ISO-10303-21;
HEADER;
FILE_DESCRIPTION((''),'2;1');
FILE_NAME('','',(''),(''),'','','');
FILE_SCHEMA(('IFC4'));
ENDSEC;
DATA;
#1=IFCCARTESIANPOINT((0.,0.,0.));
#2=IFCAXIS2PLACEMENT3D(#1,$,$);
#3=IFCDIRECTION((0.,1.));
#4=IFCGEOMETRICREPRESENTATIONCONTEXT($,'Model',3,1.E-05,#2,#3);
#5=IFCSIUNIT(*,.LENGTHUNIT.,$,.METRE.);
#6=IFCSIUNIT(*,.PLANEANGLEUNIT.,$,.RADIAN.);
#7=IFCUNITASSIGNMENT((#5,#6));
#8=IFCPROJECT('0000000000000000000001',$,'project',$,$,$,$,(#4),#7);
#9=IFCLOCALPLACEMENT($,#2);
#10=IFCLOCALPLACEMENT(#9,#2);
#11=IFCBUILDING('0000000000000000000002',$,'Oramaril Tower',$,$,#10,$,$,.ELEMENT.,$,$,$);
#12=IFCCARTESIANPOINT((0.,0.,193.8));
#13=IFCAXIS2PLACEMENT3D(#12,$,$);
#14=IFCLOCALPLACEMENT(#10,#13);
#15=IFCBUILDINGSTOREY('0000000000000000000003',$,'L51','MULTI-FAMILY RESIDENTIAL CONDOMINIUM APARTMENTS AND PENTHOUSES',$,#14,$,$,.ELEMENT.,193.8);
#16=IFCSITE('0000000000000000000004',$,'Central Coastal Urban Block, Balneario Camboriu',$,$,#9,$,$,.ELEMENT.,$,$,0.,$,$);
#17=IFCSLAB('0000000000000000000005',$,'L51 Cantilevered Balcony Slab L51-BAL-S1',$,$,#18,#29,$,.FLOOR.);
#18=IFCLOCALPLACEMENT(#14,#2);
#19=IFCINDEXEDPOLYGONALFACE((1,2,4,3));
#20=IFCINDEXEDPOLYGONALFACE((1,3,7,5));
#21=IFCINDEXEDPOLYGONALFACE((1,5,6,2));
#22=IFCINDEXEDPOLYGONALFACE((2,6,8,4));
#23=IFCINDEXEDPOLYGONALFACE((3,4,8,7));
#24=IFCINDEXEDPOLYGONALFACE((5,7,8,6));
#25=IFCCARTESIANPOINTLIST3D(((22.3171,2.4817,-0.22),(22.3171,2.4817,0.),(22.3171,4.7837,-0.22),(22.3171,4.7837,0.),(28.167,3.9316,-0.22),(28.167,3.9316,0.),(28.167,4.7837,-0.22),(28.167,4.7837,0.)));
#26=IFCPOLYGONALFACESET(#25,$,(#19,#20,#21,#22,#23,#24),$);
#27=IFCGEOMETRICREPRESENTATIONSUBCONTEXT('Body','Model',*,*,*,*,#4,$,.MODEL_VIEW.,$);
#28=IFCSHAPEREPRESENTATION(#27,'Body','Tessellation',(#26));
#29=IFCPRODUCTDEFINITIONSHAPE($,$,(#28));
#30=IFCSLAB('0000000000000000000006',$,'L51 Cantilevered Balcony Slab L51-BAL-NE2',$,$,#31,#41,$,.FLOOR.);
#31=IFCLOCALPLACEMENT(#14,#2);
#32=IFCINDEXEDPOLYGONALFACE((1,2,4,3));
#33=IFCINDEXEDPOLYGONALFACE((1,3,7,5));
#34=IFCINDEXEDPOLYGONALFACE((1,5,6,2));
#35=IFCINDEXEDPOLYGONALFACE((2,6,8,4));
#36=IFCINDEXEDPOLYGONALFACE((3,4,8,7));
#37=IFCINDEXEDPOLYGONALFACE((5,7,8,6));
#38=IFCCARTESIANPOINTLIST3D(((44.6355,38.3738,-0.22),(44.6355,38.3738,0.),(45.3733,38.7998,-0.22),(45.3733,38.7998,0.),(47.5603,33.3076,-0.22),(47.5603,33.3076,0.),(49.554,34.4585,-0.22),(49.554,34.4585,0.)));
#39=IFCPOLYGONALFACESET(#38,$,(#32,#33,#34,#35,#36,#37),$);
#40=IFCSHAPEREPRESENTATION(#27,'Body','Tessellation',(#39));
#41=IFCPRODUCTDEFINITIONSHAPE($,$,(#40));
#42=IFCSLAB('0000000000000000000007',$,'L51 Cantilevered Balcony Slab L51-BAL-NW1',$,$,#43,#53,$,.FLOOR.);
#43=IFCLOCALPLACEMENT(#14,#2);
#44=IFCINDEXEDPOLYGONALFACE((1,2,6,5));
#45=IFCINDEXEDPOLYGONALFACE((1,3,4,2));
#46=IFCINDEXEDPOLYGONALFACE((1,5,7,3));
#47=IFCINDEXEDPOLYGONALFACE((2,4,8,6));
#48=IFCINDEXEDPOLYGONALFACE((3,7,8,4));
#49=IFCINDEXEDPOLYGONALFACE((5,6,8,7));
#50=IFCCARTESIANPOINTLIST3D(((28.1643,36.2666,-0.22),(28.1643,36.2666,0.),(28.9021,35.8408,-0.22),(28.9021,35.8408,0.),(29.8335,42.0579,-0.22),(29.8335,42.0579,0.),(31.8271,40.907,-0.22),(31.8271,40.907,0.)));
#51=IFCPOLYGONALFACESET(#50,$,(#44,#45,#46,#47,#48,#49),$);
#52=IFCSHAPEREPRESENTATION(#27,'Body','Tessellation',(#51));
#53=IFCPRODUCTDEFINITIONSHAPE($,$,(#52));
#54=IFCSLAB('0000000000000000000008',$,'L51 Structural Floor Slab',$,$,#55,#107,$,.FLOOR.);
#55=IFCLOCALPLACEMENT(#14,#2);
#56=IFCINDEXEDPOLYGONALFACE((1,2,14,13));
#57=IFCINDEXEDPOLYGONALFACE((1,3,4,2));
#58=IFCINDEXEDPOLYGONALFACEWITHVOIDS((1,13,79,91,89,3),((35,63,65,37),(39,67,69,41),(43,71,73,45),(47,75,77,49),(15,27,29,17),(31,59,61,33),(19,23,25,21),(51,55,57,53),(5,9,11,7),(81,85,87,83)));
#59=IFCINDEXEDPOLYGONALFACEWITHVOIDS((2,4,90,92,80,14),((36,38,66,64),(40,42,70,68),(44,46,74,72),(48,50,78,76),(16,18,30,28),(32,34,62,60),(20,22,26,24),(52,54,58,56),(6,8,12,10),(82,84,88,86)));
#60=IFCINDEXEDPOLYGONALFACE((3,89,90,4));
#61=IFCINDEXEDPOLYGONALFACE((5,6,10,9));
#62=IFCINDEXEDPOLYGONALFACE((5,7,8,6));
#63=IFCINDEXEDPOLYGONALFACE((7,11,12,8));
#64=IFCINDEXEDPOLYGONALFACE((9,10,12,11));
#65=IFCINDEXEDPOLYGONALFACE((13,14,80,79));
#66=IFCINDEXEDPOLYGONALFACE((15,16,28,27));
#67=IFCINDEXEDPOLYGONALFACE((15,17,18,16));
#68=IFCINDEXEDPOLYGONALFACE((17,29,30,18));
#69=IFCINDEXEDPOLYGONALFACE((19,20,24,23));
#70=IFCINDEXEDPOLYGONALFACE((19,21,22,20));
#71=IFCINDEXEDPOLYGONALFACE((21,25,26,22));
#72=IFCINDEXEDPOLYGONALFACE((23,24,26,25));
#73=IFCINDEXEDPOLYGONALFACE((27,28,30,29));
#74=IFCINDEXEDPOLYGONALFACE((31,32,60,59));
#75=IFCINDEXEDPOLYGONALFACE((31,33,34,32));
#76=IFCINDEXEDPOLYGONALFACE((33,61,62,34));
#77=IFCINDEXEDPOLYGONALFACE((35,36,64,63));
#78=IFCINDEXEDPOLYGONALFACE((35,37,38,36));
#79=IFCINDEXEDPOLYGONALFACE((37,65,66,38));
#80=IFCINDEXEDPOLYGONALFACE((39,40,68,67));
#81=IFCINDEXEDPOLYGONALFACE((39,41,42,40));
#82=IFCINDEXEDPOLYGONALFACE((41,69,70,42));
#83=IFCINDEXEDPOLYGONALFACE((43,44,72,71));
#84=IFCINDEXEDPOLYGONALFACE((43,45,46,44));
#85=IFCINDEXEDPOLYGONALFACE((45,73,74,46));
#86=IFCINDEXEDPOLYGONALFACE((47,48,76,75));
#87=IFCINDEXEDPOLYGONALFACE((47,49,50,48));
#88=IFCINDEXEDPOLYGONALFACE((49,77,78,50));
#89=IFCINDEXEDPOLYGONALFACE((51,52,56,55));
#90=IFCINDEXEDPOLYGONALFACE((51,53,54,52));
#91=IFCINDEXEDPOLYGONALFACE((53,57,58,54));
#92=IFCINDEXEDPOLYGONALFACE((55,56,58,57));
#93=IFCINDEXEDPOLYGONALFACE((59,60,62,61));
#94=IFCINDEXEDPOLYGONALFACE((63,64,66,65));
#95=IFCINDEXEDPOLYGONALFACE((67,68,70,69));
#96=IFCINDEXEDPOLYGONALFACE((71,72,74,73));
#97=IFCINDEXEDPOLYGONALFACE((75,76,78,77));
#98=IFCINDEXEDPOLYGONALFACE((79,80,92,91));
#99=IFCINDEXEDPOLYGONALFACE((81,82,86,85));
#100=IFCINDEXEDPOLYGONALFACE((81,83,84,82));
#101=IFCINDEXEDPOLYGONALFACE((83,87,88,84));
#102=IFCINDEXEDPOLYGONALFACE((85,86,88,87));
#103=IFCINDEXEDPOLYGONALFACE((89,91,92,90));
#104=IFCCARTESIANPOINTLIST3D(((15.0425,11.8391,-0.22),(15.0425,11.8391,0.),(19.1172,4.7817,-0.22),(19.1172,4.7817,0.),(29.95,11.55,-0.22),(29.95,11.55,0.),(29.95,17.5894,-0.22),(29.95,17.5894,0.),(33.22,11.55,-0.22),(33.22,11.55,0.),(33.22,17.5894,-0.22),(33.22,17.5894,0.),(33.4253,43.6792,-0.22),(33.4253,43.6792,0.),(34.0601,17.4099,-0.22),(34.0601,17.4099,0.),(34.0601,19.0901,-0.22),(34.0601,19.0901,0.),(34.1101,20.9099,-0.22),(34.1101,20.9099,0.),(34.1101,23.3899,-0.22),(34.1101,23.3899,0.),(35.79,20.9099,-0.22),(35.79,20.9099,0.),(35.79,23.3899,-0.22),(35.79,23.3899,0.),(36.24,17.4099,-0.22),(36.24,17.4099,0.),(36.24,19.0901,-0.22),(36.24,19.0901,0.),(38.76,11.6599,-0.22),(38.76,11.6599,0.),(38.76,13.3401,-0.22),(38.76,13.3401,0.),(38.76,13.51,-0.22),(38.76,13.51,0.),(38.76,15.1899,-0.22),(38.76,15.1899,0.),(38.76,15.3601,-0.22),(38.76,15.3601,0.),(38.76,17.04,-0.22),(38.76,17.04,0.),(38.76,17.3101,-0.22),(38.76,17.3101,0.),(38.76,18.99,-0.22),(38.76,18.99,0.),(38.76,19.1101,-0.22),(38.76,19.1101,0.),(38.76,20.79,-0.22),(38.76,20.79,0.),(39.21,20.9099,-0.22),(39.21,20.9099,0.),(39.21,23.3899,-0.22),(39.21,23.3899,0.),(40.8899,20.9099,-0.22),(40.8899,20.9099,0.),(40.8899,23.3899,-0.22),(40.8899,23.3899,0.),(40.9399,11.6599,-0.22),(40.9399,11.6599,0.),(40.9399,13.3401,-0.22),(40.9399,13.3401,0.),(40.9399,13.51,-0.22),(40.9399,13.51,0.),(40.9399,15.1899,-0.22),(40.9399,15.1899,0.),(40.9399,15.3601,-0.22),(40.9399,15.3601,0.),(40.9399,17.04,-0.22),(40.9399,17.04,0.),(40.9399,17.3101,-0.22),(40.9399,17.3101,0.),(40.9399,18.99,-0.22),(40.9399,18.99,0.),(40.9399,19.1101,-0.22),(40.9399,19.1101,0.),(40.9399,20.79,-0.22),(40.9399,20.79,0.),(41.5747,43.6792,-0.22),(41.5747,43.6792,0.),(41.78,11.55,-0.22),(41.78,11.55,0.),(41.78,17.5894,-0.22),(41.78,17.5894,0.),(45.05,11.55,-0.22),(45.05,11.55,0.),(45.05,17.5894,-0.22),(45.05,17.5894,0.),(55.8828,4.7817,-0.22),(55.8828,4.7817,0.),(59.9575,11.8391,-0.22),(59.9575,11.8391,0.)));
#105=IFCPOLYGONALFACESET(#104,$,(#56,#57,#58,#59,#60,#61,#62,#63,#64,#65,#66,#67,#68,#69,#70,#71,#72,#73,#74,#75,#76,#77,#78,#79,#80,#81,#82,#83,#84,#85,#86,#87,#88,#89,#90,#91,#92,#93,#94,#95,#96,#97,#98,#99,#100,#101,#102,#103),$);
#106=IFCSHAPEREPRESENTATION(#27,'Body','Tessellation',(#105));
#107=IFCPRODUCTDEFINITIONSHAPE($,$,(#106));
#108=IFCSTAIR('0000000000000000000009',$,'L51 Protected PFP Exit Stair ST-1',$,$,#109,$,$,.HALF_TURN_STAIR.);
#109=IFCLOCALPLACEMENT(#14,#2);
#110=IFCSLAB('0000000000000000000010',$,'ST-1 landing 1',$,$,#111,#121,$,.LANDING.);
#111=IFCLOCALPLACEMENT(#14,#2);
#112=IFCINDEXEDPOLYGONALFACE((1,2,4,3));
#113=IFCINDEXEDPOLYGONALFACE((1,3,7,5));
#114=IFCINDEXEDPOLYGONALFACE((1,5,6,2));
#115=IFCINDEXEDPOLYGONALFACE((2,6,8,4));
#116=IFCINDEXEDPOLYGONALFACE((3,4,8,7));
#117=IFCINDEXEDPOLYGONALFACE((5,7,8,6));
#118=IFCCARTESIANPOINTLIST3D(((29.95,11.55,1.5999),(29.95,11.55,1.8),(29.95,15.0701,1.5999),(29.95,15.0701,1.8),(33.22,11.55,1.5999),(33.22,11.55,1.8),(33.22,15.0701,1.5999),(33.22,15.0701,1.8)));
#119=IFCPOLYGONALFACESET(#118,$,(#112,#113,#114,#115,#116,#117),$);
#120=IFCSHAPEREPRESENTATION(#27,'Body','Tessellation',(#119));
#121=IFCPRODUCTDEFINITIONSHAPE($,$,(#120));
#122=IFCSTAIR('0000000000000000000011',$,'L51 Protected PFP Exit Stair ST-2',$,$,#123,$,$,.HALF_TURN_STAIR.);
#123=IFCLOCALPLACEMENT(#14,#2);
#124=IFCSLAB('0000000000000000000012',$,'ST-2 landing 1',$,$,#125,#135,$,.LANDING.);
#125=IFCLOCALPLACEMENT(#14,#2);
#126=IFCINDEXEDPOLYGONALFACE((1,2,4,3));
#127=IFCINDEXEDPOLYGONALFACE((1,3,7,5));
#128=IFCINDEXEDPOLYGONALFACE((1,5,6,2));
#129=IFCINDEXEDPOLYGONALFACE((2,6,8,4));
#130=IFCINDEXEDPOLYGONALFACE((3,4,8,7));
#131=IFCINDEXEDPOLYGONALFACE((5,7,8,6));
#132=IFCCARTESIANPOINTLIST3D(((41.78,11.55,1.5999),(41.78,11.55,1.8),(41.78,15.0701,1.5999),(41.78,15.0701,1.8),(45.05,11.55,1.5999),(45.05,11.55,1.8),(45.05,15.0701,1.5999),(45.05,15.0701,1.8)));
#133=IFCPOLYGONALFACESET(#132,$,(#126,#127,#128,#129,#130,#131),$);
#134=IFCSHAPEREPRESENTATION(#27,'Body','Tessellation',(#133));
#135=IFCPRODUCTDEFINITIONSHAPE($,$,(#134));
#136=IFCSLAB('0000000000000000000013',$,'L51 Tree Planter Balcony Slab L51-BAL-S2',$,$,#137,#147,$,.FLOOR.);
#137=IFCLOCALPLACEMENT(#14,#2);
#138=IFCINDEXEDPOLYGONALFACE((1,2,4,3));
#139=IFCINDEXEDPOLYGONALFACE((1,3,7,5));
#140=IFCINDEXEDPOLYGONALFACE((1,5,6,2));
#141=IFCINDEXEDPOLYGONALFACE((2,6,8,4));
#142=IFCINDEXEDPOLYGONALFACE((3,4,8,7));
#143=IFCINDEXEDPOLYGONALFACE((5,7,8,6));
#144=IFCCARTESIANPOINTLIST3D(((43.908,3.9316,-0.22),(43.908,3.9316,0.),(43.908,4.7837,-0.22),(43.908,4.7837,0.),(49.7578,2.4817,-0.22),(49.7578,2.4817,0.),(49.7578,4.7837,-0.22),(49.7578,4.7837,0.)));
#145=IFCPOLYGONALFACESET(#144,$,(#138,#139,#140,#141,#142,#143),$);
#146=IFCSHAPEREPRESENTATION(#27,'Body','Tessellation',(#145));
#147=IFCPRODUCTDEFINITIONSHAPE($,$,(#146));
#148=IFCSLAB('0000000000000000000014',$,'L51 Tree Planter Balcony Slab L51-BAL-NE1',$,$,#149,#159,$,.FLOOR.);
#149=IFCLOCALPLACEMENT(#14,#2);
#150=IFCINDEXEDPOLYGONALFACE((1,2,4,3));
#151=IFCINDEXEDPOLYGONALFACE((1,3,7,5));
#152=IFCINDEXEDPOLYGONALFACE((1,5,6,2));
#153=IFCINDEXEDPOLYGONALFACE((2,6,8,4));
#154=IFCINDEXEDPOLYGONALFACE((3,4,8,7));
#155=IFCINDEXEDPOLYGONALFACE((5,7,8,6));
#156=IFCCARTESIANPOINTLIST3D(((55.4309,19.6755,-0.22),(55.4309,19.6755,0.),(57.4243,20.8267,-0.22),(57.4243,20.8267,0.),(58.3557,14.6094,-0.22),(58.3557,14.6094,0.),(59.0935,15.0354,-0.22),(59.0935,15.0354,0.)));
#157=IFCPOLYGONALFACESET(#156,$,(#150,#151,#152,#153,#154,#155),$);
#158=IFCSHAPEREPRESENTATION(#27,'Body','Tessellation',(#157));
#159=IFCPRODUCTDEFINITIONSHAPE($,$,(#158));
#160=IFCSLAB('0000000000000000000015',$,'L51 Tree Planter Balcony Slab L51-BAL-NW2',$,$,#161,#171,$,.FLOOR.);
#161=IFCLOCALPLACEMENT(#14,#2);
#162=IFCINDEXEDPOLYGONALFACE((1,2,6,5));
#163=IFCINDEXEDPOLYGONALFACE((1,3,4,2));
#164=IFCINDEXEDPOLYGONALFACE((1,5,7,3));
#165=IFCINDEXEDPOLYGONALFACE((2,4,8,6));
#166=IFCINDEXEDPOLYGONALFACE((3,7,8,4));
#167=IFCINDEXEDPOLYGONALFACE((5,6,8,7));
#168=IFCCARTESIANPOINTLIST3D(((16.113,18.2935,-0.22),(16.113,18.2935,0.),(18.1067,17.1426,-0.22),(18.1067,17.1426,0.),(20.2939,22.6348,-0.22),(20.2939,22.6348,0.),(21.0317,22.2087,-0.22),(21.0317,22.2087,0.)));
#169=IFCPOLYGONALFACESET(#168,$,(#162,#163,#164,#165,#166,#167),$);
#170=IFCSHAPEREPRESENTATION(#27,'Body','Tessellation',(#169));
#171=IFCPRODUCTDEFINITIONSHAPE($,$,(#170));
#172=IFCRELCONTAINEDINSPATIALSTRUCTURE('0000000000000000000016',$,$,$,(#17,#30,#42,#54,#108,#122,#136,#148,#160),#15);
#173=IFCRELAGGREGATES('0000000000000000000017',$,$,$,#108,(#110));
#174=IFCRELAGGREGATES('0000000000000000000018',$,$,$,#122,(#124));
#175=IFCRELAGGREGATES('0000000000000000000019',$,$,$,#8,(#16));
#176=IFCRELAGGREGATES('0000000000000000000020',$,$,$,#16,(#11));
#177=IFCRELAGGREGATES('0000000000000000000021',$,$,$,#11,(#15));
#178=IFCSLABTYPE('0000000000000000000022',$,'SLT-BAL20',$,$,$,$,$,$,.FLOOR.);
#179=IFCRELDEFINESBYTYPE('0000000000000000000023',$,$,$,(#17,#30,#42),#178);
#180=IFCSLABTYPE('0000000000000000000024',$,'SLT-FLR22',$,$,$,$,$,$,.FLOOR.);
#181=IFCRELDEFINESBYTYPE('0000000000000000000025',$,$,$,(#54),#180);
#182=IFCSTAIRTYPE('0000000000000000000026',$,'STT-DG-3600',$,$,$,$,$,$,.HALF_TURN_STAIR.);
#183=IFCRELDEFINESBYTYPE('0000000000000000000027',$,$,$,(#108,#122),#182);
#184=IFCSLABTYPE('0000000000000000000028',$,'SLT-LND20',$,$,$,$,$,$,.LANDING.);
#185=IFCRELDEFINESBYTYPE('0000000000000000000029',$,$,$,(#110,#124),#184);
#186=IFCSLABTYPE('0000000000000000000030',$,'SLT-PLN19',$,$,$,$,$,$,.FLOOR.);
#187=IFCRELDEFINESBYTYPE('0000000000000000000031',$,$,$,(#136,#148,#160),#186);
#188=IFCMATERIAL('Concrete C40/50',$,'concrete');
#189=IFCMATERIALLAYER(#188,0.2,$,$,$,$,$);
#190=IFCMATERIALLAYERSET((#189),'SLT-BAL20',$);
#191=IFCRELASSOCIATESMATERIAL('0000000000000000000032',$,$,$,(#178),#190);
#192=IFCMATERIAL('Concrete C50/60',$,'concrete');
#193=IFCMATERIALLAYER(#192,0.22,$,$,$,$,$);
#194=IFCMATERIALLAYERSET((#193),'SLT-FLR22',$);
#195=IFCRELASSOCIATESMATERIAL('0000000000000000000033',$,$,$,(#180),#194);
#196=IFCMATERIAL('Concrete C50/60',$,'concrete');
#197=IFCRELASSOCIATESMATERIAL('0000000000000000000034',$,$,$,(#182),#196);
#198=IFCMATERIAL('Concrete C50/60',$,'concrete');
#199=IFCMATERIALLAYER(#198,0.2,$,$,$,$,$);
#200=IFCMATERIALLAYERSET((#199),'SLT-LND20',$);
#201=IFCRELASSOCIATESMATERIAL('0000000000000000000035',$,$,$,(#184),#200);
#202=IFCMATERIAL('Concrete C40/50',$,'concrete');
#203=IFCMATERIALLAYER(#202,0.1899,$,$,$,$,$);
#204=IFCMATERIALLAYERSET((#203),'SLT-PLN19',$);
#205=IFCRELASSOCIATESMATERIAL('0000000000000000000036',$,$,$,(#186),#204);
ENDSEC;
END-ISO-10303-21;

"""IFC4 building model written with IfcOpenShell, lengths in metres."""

from ifc_helpers import new_model, si_unit, direction, frame, origin, place, context, subcontext, project, spatial, polyline, outline, extrude, material, layer, layer_set, type_object, element, aggregate, save


model = new_model("IFC4")

# Units and contexts
model_context = context("Model", 3, precision=1e-05, world=origin(), true_north=direction((0.0, 1.0)))
body_context = subcontext(model_context, "Body", "Model", "MODEL_VIEW")
ifc_project = project(units=[si_unit("LENGTHUNIT", "METRE"), si_unit("PLANEANGLEUNIT", "RADIAN")], contexts=[model_context])

# Site, building, storey
site_placement = place(None, origin())
site = spatial("IfcSite", under=ifc_project, at=site_placement, Name="Central Coastal Urban Block, Balneario Camboriu", CompositionType="ELEMENT", RefElevation=0.0)
building_placement = place(site_placement, origin())
building = spatial("IfcBuilding", under=site, at=building_placement, Name="Oramaril Tower", CompositionType="ELEMENT")
storey_placement = place(building_placement, frame((0.0, 0.0, 193.8)))
storey = spatial("IfcBuildingStorey", under=building, at=storey_placement, Name="L51", Description="MULTI-FAMILY RESIDENTIAL CONDOMINIUM APARTMENTS AND PENTHOUSES", CompositionType="ELEMENT", Elevation=193.8)

# Slabs
ifc_material_1 = material(Name="Concrete C40/50", Category="concrete")
ifc_layer_1 = layer(ifc_material_1, 0.2)
ifc_layer_set_1 = layer_set([ifc_layer_1], Name="SLT-BAL20")
slab_type_1 = type_object("IfcSlabType", Name="SLT-BAL20", PredefinedType="FLOOR", material=ifc_layer_set_1)
slab_1_placement = place(storey_placement, frame((0.0, 0.0, -0.22)))
element("IfcSlab", 1, at=slab_1_placement, inside=storey, type_object=slab_type_1, Name="L51 Cantilevered Balcony Slab L51-BAL-S1", PredefinedType="FLOOR", context=body_context, shape_type="SweptSolid", body=[
    extrude(outline(polyline([(22.3171, 4.7837), (28.167, 4.7837), (28.167, 3.9316), (22.3171, 2.4817), (22.3171, 4.7837)])), origin(), (0.0, 0.0, 1.0), 0.22),
])
slab_2_placement = place(storey_placement, frame((0.0, 0.0, -0.22)))
element("IfcSlab", 2, at=slab_2_placement, inside=storey, type_object=slab_type_1, Name="L51 Cantilevered Balcony Slab L51-BAL-NE2", PredefinedType="FLOOR", context=body_context, shape_type="SweptSolid", body=[
    extrude(outline(polyline([(47.5603, 33.3076), (44.6355, 38.3738), (45.3733, 38.7998), (49.554, 34.4585), (47.5603, 33.3076)])), origin(), (0.0, 0.0, 1.0), 0.22),
])
slab_3_placement = place(storey_placement, frame((0.0, 0.0, -0.22)))
element("IfcSlab", 3, at=slab_3_placement, inside=storey, type_object=slab_type_1, Name="L51 Cantilevered Balcony Slab L51-BAL-NW1", PredefinedType="FLOOR", context=body_context, shape_type="SweptSolid", body=[
    extrude(outline(polyline([(31.8271, 40.907), (28.9021, 35.8408), (28.1643, 36.2666), (29.8335, 42.0579), (31.8271, 40.907)])), origin(), (0.0, 0.0, 1.0), 0.22),
])
ifc_material_2 = material(Name="Concrete C50/60", Category="concrete")
ifc_layer_2 = layer(ifc_material_2, 0.22)
ifc_layer_set_2 = layer_set([ifc_layer_2], Name="SLT-FLR22")
slab_type_2 = type_object("IfcSlabType", Name="SLT-FLR22", PredefinedType="FLOOR", material=ifc_layer_set_2)
slab_4_placement = place(storey_placement, frame((0.0, 0.0, -0.22)))
element("IfcSlab", 4, at=slab_4_placement, inside=storey, type_object=slab_type_2, Name="L51 Structural Floor Slab", PredefinedType="FLOOR", context=body_context, shape_type="SweptSolid", body=[
    extrude(outline(polyline([(15.0425, 11.8391), (19.1172, 4.7817), (55.8828, 4.7817), (59.9575, 11.8391), (41.5747, 43.6792), (33.4253, 43.6792), (15.0425, 11.8391)]), holes=[polyline([(29.95, 17.5894), (29.95, 11.55), (33.22, 11.55), (33.22, 17.5894), (29.95, 17.5894)]), polyline([(41.78, 17.5894), (41.78, 11.55), (45.05, 11.55), (45.05, 17.5894), (41.78, 17.5894)]), polyline([(34.1101, 20.9099), (35.79, 20.9099), (35.79, 23.3899), (34.1101, 23.3899), (34.1101, 20.9099)]), polyline([(39.21, 20.9099), (40.8899, 20.9099), (40.8899, 23.3899), (39.21, 23.3899), (39.21, 20.9099)]), polyline([(38.76, 11.6599), (40.9399, 11.6599), (40.9399, 13.3401), (38.76, 13.3401), (38.76, 11.6599)]), polyline([(38.76, 13.51), (40.9399, 13.51), (40.9399, 15.1899), (38.76, 15.1899), (38.76, 13.51)]), polyline([(38.76, 15.3601), (40.9399, 15.3601), (40.9399, 17.04), (38.76, 17.04), (38.76, 15.3601)]), polyline([(34.0601, 17.4099), (36.24, 17.4099), (36.24, 19.0901), (34.0601, 19.0901), (34.0601, 17.4099)]), polyline([(38.76, 17.3101), (40.9399, 17.3101), (40.9399, 18.99), (38.76, 18.99), (38.76, 17.3101)]), polyline([(38.76, 19.1101), (40.9399, 19.1101), (40.9399, 20.79), (38.76, 20.79), (38.76, 19.1101)])]), origin(), (0.0, 0.0, 1.0), 0.22),
])

# Stairs, slabs
ifc_material_3 = material(Name="Concrete C50/60", Category="concrete")
stair_type = type_object("IfcStairType", Name="STT-DG-3600", PredefinedType="HALF_TURN_STAIR", material=ifc_material_3)
stair_1_placement = place(storey_placement, origin())
stair_1 = element("IfcStair", 5, at=stair_1_placement, inside=storey, type_object=stair_type, Name="L51 Protected PFP Exit Stair ST-1", PredefinedType="HALF_TURN_STAIR")
ifc_material_4 = material(Name="Concrete C50/60", Category="concrete")
ifc_layer_3 = layer(ifc_material_4, 0.2)
ifc_layer_set_3 = layer_set([ifc_layer_3], Name="SLT-LND20")
slab_type_3 = type_object("IfcSlabType", Name="SLT-LND20", PredefinedType="LANDING", material=ifc_layer_set_3)
slab_5_placement = place(storey_placement, frame((0.0, 0.0, 1.5999)))
slab_5 = element("IfcSlab", 6, at=slab_5_placement, type_object=slab_type_3, Name="ST-1 landing 1", PredefinedType="LANDING", context=body_context, shape_type="SweptSolid", body=[
    extrude(outline(polyline([(29.95, 15.0701), (29.95, 11.55), (33.22, 11.55), (33.22, 15.0701), (29.95, 15.0701)])), origin(), (0.0, 0.0, 1.0), 0.2002),
])
aggregate(stair_1, [slab_5])
stair_2_placement = place(storey_placement, origin())
stair_2 = element("IfcStair", 7, at=stair_2_placement, inside=storey, type_object=stair_type, Name="L51 Protected PFP Exit Stair ST-2", PredefinedType="HALF_TURN_STAIR")
slab_6_placement = place(storey_placement, frame((0.0, 0.0, 1.5999)))
slab_6 = element("IfcSlab", 8, at=slab_6_placement, type_object=slab_type_3, Name="ST-2 landing 1", PredefinedType="LANDING", context=body_context, shape_type="SweptSolid", body=[
    extrude(outline(polyline([(41.78, 15.0701), (41.78, 11.55), (45.05, 11.55), (45.05, 15.0701), (41.78, 15.0701)])), origin(), (0.0, 0.0, 1.0), 0.2002),
])
aggregate(stair_2, [slab_6])

# Slabs
ifc_material_5 = material(Name="Concrete C40/50", Category="concrete")
ifc_layer_4 = layer(ifc_material_5, 0.1899)
ifc_layer_set_4 = layer_set([ifc_layer_4], Name="SLT-PLN19")
slab_type_4 = type_object("IfcSlabType", Name="SLT-PLN19", PredefinedType="FLOOR", material=ifc_layer_set_4)
slab_7_placement = place(storey_placement, frame((0.0, 0.0, -0.22)))
element("IfcSlab", 9, at=slab_7_placement, inside=storey, type_object=slab_type_4, Name="L51 Tree Planter Balcony Slab L51-BAL-S2", PredefinedType="FLOOR", context=body_context, shape_type="SweptSolid", body=[
    extrude(outline(polyline([(43.908, 4.7837), (49.7578, 4.7837), (49.7578, 2.4817), (43.908, 3.9316), (43.908, 4.7837)])), origin(), (0.0, 0.0, 1.0), 0.22),
])
slab_8_placement = place(storey_placement, frame((0.0, 0.0, -0.22)))
element("IfcSlab", 10, at=slab_8_placement, inside=storey, type_object=slab_type_4, Name="L51 Tree Planter Balcony Slab L51-BAL-NE1", PredefinedType="FLOOR", context=body_context, shape_type="SweptSolid", body=[
    extrude(outline(polyline([(58.3557, 14.6094), (55.4309, 19.6755), (57.4243, 20.8267), (59.0935, 15.0354), (58.3557, 14.6094)])), origin(), (0.0, 0.0, 1.0), 0.22),
])
slab_9_placement = place(storey_placement, frame((0.0, 0.0, -0.22)))
element("IfcSlab", 11, at=slab_9_placement, inside=storey, type_object=slab_type_4, Name="L51 Tree Planter Balcony Slab L51-BAL-NW2", PredefinedType="FLOOR", context=body_context, shape_type="SweptSolid", body=[
    extrude(outline(polyline([(21.0317, 22.2087), (18.1067, 17.1426), (16.113, 18.2935), (20.2939, 22.6348), (21.0317, 22.2087)])), origin(), (0.0, 0.0, 1.0), 0.22),
])

save(model, "model.ifc")
